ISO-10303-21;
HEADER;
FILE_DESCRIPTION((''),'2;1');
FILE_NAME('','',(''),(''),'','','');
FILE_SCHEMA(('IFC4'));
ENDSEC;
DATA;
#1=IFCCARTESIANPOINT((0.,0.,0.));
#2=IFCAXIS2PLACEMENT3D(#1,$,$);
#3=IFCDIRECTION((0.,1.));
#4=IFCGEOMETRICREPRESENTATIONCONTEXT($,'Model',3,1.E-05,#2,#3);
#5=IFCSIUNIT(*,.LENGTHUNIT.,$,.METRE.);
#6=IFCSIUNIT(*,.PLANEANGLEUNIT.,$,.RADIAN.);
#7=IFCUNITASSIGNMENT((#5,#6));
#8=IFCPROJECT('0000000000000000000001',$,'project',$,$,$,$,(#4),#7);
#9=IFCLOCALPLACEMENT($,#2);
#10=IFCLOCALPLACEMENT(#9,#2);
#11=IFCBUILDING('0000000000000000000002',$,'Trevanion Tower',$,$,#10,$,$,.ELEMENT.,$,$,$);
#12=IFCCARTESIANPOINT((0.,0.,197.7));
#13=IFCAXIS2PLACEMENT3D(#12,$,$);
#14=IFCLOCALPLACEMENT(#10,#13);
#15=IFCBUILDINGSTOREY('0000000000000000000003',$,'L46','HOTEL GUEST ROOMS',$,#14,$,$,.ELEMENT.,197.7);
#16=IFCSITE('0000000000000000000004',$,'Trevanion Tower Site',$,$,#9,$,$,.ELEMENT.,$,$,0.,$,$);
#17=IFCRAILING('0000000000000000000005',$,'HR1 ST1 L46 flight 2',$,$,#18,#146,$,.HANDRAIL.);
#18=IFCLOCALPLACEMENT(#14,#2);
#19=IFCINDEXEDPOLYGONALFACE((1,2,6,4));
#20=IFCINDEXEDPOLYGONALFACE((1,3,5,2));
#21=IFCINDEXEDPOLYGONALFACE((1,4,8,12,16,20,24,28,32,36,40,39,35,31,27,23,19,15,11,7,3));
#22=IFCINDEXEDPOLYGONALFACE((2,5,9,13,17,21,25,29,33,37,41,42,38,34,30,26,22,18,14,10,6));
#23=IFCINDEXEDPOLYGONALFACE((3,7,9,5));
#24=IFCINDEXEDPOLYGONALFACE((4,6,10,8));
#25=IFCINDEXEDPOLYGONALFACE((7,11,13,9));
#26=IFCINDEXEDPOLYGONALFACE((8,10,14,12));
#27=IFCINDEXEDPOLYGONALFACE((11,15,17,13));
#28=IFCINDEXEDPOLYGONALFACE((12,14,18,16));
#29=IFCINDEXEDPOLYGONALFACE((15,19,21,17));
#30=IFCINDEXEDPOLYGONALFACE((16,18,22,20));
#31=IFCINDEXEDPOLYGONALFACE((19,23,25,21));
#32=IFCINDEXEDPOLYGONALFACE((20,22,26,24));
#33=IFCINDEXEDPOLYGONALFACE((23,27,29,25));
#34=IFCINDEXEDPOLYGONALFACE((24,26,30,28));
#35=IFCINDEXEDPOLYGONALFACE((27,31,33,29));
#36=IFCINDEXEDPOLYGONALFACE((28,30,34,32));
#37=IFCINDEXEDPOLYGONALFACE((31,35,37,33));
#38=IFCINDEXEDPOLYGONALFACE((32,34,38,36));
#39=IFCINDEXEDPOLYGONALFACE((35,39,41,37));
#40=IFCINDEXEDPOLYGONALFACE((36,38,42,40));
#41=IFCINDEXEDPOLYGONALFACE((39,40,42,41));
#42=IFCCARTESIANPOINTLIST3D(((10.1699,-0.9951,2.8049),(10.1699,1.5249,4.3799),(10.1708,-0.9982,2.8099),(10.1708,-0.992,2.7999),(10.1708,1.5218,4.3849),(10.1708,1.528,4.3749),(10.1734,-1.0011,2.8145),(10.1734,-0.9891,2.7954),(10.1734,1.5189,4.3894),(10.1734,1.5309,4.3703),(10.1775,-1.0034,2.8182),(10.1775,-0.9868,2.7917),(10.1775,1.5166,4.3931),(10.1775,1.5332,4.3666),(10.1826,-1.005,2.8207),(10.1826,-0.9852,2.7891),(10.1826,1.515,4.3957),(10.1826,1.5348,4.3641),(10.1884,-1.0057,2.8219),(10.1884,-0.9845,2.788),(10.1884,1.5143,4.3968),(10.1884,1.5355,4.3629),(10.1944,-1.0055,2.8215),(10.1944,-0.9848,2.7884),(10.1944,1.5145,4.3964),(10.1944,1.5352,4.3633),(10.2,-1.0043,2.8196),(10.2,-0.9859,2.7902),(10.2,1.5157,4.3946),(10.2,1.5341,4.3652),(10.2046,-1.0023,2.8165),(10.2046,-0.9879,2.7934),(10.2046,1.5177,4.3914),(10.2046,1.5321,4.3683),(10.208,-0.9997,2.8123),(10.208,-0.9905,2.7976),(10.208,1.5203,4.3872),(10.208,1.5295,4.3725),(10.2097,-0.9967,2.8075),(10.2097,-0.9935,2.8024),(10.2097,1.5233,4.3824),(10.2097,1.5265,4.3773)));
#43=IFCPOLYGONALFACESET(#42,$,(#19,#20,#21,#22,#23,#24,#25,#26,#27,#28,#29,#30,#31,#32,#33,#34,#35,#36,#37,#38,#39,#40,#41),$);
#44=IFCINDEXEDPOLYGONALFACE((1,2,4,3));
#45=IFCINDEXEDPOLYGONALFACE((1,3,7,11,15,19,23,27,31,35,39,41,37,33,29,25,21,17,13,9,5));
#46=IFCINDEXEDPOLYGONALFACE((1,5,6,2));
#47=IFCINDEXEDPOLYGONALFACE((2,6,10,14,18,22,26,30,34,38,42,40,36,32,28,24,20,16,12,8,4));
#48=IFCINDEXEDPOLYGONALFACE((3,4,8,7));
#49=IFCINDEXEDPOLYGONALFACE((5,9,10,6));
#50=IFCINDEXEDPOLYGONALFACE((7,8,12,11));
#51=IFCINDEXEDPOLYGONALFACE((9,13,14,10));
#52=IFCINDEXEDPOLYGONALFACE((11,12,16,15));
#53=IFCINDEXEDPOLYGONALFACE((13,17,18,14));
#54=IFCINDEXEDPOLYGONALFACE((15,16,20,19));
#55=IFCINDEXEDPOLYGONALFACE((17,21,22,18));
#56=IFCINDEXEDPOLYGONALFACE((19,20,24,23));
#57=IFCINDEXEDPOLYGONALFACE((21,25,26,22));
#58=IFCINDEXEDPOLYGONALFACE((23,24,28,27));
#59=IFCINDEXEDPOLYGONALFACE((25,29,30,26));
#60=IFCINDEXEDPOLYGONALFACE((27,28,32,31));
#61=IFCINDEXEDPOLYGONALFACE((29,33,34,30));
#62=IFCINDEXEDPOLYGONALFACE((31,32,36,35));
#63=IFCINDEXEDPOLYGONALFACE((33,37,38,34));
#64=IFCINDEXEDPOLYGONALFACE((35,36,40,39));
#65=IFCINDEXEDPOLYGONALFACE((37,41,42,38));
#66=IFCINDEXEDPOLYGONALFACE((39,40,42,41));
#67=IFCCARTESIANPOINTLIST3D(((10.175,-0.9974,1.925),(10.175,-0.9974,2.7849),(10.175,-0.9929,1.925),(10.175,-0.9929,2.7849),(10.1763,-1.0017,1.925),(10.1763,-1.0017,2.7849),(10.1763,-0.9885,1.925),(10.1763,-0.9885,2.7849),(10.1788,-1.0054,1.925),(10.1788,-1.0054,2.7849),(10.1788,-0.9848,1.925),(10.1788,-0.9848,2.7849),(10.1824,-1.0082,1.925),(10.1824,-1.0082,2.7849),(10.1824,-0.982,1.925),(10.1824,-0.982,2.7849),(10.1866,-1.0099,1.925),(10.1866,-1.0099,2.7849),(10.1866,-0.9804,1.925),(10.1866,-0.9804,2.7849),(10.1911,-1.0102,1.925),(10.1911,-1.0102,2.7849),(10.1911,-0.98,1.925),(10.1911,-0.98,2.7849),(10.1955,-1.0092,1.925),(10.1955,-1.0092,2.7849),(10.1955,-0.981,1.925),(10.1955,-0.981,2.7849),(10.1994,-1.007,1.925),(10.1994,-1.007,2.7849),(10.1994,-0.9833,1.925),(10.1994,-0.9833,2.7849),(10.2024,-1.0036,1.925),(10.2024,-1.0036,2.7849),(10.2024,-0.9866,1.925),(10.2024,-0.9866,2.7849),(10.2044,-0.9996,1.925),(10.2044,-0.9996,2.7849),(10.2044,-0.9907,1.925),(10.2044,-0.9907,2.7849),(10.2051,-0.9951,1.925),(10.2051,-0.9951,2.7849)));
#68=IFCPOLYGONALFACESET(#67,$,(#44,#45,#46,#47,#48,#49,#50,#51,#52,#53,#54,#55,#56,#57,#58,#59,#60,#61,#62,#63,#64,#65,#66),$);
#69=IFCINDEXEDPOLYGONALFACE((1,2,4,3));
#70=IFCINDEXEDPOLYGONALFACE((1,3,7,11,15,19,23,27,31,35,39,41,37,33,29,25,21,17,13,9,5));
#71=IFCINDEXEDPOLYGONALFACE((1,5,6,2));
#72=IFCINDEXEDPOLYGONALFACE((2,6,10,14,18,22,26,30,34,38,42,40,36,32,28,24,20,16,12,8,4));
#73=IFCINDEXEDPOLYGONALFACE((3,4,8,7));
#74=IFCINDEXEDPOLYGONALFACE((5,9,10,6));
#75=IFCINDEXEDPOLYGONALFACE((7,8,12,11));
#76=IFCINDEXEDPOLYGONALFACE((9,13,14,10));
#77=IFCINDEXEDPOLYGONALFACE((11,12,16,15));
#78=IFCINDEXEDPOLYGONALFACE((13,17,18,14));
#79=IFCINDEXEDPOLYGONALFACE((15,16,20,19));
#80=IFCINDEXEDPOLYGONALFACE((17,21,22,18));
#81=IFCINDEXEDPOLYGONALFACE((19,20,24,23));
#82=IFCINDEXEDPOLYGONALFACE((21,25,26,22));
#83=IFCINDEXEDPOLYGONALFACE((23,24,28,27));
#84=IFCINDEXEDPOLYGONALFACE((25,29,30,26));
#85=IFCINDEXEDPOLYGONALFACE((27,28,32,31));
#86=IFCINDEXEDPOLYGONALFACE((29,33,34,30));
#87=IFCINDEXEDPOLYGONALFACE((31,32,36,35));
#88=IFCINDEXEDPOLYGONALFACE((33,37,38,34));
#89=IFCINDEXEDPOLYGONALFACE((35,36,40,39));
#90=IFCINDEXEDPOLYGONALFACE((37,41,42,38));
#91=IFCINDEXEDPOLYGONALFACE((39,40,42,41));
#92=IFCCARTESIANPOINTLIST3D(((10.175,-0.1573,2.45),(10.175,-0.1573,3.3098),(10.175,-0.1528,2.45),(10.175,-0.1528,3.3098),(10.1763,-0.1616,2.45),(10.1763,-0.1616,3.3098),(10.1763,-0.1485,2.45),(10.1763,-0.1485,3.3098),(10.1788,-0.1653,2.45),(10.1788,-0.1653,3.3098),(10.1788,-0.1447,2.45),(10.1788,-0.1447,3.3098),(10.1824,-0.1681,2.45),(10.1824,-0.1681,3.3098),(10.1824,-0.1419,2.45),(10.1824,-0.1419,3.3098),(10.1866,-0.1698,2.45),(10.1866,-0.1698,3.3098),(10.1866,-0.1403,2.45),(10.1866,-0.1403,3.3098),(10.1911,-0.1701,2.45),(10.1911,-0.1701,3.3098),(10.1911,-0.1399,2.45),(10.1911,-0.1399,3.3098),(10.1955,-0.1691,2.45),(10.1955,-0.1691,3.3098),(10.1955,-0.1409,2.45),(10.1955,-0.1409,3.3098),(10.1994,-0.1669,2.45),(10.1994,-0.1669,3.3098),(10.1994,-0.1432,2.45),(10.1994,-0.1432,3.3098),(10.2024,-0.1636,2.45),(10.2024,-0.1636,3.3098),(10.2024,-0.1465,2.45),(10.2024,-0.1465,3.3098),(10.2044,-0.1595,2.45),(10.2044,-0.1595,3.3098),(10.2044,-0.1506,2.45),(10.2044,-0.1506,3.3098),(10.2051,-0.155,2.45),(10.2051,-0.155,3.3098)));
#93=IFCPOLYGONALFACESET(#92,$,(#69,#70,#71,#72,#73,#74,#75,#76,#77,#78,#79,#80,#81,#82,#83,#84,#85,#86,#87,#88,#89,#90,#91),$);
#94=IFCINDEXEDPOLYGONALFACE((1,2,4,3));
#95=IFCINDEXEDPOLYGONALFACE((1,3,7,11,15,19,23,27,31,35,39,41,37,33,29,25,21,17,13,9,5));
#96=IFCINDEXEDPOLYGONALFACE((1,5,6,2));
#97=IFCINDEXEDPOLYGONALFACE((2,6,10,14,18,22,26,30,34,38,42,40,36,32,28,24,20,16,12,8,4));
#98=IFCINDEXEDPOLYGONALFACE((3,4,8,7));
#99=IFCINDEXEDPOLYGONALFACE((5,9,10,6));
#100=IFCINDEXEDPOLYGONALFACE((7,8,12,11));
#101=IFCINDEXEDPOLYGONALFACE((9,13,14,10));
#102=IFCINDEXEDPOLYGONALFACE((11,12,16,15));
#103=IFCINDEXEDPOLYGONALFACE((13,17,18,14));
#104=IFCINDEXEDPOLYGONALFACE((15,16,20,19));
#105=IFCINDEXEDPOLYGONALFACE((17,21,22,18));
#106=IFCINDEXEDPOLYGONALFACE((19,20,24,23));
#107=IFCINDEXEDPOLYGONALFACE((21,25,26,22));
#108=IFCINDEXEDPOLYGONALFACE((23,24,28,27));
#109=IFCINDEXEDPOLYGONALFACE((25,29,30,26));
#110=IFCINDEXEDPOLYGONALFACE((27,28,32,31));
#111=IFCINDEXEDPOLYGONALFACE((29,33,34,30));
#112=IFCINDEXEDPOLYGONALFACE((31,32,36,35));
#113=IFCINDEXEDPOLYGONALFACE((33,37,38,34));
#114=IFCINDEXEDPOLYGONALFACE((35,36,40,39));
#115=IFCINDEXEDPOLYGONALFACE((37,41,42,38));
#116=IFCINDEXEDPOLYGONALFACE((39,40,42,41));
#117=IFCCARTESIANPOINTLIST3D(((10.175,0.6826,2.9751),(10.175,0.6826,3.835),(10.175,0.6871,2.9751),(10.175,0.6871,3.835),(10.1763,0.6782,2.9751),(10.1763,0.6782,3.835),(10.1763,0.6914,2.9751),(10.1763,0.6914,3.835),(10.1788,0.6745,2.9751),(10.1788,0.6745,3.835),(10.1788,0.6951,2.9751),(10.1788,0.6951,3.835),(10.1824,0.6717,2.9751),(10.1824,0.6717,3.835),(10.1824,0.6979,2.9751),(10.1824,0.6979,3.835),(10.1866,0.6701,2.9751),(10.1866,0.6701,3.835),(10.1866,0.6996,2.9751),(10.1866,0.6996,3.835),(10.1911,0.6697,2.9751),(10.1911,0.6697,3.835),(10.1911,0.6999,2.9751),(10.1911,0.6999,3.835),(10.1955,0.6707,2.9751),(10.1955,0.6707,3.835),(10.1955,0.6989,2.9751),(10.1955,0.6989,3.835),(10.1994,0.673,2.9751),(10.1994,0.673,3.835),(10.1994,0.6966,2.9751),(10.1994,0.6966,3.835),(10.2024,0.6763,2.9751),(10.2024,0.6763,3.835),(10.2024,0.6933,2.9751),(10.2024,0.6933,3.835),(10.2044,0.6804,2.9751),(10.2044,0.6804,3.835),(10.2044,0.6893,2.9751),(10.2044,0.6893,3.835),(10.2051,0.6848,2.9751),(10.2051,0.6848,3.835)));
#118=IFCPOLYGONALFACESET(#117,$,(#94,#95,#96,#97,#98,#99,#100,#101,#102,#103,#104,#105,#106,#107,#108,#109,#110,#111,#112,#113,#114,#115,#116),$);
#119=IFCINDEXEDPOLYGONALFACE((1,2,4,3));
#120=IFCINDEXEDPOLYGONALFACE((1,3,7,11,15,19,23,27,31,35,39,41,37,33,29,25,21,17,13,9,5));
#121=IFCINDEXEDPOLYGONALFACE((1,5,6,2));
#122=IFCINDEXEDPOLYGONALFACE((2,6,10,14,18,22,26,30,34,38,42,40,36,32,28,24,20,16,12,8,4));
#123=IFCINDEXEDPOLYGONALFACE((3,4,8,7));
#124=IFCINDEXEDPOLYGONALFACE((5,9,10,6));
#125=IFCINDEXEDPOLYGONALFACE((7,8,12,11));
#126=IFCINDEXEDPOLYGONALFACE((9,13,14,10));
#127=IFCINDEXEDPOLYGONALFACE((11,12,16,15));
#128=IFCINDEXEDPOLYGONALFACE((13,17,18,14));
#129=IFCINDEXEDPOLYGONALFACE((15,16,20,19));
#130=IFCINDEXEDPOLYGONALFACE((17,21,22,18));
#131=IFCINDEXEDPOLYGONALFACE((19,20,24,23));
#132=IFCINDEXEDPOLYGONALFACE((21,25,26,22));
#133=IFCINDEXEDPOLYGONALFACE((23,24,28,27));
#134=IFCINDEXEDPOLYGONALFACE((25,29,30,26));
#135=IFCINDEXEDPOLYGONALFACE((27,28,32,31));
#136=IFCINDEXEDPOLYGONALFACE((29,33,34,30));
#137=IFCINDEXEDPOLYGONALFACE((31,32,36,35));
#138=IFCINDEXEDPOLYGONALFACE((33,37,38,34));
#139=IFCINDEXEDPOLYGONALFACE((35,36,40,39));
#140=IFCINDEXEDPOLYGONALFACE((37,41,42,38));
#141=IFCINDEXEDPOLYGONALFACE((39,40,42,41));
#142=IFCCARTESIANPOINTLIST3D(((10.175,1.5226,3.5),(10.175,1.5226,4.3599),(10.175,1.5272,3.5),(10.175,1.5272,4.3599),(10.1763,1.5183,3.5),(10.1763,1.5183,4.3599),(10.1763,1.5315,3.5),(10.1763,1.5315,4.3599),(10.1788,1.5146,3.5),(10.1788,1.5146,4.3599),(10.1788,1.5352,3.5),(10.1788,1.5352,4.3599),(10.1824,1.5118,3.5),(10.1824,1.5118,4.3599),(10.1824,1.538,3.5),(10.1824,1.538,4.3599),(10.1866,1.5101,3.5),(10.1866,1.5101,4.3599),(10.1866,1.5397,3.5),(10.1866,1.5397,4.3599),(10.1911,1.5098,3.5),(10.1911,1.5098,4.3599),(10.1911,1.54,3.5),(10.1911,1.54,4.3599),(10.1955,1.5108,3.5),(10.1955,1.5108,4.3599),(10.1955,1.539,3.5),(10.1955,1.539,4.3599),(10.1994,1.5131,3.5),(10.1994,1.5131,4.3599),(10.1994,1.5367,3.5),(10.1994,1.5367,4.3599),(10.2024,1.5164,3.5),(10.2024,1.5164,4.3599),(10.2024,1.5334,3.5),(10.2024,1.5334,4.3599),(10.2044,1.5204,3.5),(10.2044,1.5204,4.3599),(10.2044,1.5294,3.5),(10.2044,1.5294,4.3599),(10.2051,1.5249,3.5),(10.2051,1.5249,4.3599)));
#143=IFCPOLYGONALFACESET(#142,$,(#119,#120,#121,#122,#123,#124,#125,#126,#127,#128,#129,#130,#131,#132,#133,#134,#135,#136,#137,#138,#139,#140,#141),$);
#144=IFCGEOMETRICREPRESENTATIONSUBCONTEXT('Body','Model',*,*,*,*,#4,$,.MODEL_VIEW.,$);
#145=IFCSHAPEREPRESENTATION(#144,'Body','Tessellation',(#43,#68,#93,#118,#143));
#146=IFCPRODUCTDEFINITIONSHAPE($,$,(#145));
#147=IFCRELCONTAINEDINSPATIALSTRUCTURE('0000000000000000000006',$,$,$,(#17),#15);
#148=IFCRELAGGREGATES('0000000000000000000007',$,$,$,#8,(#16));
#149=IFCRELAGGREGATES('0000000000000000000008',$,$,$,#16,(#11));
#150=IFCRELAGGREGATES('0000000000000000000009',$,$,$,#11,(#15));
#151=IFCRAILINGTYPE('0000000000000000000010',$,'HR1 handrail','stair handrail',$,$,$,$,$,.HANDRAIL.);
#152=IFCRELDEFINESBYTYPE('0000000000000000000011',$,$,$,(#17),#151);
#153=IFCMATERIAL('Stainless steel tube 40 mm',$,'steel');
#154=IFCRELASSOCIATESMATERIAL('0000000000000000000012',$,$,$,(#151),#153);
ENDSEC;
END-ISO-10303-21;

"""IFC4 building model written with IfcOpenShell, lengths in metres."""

from ifc_helpers import new_model, si_unit, direction, frame, origin, origin_2d, place, context, subcontext, project, spatial, circle, extrude, material, type_object, element, save


model = new_model("IFC4")

# Units and contexts
model_context = context("Model", 3, precision=1e-05, world=origin(), true_north=direction((0.0, 1.0)))
body_context = subcontext(model_context, "Body", "Model", "MODEL_VIEW")
ifc_project = project(units=[si_unit("LENGTHUNIT", "METRE"), si_unit("PLANEANGLEUNIT", "RADIAN")], contexts=[model_context])

# Site, building, storey
site_placement = place(None, origin())
site = spatial("IfcSite", under=ifc_project, at=site_placement, Name="Trevanion Tower Site", CompositionType="ELEMENT", RefElevation=0.0)
building_placement = place(site_placement, origin())
building = spatial("IfcBuilding", under=site, at=building_placement, Name="Trevanion Tower", CompositionType="ELEMENT")
storey_placement = place(building_placement, frame((0.0, 0.0, 197.7)))
storey = spatial("IfcBuildingStorey", under=building, at=storey_placement, Name="L46", Description="HOTEL GUEST ROOMS", CompositionType="ELEMENT", Elevation=197.7)

# Railing
ifc_material_1 = material(Name="Stainless steel tube 40 mm", Category="steel")
railing_type = type_object("IfcRailingType", Name="HR1 handrail", Description="stair handrail", PredefinedType="HANDRAIL", material=ifc_material_1)
railing_placement = place(storey_placement, frame((10.1899, -0.9951, 1.925)))
element("IfcRailing", 1, at=railing_placement, inside=storey, type_object=railing_type, Name="HR1 ST1 L46 flight 2", PredefinedType="HANDRAIL", context=body_context, shape_type="SweptSolid", body=[
    extrude(circle(Radius=0.02, at=origin_2d()), frame((0.0, 0.0, 0.8799), z_axis=(0.0, 0.848008, 0.529984), x_axis=(-1.0, 0.0, 0.0)), (0.0, 0.0, 1.0), 2.9717),
    extrude(circle(Radius=0.0151, at=origin_2d()), origin(), (0.0, 0.0, 1.0), 0.8599),
    extrude(circle(Radius=0.0151, at=origin_2d()), frame((0.0, 0.8401, 0.5249)), (0.0, 0.0, 1.0), 0.8599),
    extrude(circle(Radius=0.0151, at=origin_2d()), frame((0.0, 1.6799, 1.05)), (0.0, 0.0, 1.0), 0.8599),
    extrude(circle(Radius=0.0151, at=origin_2d()), frame((0.0, 2.52, 1.575)), (0.0, 0.0, 1.0), 0.8599),
])

save(model, "model.ifc")
